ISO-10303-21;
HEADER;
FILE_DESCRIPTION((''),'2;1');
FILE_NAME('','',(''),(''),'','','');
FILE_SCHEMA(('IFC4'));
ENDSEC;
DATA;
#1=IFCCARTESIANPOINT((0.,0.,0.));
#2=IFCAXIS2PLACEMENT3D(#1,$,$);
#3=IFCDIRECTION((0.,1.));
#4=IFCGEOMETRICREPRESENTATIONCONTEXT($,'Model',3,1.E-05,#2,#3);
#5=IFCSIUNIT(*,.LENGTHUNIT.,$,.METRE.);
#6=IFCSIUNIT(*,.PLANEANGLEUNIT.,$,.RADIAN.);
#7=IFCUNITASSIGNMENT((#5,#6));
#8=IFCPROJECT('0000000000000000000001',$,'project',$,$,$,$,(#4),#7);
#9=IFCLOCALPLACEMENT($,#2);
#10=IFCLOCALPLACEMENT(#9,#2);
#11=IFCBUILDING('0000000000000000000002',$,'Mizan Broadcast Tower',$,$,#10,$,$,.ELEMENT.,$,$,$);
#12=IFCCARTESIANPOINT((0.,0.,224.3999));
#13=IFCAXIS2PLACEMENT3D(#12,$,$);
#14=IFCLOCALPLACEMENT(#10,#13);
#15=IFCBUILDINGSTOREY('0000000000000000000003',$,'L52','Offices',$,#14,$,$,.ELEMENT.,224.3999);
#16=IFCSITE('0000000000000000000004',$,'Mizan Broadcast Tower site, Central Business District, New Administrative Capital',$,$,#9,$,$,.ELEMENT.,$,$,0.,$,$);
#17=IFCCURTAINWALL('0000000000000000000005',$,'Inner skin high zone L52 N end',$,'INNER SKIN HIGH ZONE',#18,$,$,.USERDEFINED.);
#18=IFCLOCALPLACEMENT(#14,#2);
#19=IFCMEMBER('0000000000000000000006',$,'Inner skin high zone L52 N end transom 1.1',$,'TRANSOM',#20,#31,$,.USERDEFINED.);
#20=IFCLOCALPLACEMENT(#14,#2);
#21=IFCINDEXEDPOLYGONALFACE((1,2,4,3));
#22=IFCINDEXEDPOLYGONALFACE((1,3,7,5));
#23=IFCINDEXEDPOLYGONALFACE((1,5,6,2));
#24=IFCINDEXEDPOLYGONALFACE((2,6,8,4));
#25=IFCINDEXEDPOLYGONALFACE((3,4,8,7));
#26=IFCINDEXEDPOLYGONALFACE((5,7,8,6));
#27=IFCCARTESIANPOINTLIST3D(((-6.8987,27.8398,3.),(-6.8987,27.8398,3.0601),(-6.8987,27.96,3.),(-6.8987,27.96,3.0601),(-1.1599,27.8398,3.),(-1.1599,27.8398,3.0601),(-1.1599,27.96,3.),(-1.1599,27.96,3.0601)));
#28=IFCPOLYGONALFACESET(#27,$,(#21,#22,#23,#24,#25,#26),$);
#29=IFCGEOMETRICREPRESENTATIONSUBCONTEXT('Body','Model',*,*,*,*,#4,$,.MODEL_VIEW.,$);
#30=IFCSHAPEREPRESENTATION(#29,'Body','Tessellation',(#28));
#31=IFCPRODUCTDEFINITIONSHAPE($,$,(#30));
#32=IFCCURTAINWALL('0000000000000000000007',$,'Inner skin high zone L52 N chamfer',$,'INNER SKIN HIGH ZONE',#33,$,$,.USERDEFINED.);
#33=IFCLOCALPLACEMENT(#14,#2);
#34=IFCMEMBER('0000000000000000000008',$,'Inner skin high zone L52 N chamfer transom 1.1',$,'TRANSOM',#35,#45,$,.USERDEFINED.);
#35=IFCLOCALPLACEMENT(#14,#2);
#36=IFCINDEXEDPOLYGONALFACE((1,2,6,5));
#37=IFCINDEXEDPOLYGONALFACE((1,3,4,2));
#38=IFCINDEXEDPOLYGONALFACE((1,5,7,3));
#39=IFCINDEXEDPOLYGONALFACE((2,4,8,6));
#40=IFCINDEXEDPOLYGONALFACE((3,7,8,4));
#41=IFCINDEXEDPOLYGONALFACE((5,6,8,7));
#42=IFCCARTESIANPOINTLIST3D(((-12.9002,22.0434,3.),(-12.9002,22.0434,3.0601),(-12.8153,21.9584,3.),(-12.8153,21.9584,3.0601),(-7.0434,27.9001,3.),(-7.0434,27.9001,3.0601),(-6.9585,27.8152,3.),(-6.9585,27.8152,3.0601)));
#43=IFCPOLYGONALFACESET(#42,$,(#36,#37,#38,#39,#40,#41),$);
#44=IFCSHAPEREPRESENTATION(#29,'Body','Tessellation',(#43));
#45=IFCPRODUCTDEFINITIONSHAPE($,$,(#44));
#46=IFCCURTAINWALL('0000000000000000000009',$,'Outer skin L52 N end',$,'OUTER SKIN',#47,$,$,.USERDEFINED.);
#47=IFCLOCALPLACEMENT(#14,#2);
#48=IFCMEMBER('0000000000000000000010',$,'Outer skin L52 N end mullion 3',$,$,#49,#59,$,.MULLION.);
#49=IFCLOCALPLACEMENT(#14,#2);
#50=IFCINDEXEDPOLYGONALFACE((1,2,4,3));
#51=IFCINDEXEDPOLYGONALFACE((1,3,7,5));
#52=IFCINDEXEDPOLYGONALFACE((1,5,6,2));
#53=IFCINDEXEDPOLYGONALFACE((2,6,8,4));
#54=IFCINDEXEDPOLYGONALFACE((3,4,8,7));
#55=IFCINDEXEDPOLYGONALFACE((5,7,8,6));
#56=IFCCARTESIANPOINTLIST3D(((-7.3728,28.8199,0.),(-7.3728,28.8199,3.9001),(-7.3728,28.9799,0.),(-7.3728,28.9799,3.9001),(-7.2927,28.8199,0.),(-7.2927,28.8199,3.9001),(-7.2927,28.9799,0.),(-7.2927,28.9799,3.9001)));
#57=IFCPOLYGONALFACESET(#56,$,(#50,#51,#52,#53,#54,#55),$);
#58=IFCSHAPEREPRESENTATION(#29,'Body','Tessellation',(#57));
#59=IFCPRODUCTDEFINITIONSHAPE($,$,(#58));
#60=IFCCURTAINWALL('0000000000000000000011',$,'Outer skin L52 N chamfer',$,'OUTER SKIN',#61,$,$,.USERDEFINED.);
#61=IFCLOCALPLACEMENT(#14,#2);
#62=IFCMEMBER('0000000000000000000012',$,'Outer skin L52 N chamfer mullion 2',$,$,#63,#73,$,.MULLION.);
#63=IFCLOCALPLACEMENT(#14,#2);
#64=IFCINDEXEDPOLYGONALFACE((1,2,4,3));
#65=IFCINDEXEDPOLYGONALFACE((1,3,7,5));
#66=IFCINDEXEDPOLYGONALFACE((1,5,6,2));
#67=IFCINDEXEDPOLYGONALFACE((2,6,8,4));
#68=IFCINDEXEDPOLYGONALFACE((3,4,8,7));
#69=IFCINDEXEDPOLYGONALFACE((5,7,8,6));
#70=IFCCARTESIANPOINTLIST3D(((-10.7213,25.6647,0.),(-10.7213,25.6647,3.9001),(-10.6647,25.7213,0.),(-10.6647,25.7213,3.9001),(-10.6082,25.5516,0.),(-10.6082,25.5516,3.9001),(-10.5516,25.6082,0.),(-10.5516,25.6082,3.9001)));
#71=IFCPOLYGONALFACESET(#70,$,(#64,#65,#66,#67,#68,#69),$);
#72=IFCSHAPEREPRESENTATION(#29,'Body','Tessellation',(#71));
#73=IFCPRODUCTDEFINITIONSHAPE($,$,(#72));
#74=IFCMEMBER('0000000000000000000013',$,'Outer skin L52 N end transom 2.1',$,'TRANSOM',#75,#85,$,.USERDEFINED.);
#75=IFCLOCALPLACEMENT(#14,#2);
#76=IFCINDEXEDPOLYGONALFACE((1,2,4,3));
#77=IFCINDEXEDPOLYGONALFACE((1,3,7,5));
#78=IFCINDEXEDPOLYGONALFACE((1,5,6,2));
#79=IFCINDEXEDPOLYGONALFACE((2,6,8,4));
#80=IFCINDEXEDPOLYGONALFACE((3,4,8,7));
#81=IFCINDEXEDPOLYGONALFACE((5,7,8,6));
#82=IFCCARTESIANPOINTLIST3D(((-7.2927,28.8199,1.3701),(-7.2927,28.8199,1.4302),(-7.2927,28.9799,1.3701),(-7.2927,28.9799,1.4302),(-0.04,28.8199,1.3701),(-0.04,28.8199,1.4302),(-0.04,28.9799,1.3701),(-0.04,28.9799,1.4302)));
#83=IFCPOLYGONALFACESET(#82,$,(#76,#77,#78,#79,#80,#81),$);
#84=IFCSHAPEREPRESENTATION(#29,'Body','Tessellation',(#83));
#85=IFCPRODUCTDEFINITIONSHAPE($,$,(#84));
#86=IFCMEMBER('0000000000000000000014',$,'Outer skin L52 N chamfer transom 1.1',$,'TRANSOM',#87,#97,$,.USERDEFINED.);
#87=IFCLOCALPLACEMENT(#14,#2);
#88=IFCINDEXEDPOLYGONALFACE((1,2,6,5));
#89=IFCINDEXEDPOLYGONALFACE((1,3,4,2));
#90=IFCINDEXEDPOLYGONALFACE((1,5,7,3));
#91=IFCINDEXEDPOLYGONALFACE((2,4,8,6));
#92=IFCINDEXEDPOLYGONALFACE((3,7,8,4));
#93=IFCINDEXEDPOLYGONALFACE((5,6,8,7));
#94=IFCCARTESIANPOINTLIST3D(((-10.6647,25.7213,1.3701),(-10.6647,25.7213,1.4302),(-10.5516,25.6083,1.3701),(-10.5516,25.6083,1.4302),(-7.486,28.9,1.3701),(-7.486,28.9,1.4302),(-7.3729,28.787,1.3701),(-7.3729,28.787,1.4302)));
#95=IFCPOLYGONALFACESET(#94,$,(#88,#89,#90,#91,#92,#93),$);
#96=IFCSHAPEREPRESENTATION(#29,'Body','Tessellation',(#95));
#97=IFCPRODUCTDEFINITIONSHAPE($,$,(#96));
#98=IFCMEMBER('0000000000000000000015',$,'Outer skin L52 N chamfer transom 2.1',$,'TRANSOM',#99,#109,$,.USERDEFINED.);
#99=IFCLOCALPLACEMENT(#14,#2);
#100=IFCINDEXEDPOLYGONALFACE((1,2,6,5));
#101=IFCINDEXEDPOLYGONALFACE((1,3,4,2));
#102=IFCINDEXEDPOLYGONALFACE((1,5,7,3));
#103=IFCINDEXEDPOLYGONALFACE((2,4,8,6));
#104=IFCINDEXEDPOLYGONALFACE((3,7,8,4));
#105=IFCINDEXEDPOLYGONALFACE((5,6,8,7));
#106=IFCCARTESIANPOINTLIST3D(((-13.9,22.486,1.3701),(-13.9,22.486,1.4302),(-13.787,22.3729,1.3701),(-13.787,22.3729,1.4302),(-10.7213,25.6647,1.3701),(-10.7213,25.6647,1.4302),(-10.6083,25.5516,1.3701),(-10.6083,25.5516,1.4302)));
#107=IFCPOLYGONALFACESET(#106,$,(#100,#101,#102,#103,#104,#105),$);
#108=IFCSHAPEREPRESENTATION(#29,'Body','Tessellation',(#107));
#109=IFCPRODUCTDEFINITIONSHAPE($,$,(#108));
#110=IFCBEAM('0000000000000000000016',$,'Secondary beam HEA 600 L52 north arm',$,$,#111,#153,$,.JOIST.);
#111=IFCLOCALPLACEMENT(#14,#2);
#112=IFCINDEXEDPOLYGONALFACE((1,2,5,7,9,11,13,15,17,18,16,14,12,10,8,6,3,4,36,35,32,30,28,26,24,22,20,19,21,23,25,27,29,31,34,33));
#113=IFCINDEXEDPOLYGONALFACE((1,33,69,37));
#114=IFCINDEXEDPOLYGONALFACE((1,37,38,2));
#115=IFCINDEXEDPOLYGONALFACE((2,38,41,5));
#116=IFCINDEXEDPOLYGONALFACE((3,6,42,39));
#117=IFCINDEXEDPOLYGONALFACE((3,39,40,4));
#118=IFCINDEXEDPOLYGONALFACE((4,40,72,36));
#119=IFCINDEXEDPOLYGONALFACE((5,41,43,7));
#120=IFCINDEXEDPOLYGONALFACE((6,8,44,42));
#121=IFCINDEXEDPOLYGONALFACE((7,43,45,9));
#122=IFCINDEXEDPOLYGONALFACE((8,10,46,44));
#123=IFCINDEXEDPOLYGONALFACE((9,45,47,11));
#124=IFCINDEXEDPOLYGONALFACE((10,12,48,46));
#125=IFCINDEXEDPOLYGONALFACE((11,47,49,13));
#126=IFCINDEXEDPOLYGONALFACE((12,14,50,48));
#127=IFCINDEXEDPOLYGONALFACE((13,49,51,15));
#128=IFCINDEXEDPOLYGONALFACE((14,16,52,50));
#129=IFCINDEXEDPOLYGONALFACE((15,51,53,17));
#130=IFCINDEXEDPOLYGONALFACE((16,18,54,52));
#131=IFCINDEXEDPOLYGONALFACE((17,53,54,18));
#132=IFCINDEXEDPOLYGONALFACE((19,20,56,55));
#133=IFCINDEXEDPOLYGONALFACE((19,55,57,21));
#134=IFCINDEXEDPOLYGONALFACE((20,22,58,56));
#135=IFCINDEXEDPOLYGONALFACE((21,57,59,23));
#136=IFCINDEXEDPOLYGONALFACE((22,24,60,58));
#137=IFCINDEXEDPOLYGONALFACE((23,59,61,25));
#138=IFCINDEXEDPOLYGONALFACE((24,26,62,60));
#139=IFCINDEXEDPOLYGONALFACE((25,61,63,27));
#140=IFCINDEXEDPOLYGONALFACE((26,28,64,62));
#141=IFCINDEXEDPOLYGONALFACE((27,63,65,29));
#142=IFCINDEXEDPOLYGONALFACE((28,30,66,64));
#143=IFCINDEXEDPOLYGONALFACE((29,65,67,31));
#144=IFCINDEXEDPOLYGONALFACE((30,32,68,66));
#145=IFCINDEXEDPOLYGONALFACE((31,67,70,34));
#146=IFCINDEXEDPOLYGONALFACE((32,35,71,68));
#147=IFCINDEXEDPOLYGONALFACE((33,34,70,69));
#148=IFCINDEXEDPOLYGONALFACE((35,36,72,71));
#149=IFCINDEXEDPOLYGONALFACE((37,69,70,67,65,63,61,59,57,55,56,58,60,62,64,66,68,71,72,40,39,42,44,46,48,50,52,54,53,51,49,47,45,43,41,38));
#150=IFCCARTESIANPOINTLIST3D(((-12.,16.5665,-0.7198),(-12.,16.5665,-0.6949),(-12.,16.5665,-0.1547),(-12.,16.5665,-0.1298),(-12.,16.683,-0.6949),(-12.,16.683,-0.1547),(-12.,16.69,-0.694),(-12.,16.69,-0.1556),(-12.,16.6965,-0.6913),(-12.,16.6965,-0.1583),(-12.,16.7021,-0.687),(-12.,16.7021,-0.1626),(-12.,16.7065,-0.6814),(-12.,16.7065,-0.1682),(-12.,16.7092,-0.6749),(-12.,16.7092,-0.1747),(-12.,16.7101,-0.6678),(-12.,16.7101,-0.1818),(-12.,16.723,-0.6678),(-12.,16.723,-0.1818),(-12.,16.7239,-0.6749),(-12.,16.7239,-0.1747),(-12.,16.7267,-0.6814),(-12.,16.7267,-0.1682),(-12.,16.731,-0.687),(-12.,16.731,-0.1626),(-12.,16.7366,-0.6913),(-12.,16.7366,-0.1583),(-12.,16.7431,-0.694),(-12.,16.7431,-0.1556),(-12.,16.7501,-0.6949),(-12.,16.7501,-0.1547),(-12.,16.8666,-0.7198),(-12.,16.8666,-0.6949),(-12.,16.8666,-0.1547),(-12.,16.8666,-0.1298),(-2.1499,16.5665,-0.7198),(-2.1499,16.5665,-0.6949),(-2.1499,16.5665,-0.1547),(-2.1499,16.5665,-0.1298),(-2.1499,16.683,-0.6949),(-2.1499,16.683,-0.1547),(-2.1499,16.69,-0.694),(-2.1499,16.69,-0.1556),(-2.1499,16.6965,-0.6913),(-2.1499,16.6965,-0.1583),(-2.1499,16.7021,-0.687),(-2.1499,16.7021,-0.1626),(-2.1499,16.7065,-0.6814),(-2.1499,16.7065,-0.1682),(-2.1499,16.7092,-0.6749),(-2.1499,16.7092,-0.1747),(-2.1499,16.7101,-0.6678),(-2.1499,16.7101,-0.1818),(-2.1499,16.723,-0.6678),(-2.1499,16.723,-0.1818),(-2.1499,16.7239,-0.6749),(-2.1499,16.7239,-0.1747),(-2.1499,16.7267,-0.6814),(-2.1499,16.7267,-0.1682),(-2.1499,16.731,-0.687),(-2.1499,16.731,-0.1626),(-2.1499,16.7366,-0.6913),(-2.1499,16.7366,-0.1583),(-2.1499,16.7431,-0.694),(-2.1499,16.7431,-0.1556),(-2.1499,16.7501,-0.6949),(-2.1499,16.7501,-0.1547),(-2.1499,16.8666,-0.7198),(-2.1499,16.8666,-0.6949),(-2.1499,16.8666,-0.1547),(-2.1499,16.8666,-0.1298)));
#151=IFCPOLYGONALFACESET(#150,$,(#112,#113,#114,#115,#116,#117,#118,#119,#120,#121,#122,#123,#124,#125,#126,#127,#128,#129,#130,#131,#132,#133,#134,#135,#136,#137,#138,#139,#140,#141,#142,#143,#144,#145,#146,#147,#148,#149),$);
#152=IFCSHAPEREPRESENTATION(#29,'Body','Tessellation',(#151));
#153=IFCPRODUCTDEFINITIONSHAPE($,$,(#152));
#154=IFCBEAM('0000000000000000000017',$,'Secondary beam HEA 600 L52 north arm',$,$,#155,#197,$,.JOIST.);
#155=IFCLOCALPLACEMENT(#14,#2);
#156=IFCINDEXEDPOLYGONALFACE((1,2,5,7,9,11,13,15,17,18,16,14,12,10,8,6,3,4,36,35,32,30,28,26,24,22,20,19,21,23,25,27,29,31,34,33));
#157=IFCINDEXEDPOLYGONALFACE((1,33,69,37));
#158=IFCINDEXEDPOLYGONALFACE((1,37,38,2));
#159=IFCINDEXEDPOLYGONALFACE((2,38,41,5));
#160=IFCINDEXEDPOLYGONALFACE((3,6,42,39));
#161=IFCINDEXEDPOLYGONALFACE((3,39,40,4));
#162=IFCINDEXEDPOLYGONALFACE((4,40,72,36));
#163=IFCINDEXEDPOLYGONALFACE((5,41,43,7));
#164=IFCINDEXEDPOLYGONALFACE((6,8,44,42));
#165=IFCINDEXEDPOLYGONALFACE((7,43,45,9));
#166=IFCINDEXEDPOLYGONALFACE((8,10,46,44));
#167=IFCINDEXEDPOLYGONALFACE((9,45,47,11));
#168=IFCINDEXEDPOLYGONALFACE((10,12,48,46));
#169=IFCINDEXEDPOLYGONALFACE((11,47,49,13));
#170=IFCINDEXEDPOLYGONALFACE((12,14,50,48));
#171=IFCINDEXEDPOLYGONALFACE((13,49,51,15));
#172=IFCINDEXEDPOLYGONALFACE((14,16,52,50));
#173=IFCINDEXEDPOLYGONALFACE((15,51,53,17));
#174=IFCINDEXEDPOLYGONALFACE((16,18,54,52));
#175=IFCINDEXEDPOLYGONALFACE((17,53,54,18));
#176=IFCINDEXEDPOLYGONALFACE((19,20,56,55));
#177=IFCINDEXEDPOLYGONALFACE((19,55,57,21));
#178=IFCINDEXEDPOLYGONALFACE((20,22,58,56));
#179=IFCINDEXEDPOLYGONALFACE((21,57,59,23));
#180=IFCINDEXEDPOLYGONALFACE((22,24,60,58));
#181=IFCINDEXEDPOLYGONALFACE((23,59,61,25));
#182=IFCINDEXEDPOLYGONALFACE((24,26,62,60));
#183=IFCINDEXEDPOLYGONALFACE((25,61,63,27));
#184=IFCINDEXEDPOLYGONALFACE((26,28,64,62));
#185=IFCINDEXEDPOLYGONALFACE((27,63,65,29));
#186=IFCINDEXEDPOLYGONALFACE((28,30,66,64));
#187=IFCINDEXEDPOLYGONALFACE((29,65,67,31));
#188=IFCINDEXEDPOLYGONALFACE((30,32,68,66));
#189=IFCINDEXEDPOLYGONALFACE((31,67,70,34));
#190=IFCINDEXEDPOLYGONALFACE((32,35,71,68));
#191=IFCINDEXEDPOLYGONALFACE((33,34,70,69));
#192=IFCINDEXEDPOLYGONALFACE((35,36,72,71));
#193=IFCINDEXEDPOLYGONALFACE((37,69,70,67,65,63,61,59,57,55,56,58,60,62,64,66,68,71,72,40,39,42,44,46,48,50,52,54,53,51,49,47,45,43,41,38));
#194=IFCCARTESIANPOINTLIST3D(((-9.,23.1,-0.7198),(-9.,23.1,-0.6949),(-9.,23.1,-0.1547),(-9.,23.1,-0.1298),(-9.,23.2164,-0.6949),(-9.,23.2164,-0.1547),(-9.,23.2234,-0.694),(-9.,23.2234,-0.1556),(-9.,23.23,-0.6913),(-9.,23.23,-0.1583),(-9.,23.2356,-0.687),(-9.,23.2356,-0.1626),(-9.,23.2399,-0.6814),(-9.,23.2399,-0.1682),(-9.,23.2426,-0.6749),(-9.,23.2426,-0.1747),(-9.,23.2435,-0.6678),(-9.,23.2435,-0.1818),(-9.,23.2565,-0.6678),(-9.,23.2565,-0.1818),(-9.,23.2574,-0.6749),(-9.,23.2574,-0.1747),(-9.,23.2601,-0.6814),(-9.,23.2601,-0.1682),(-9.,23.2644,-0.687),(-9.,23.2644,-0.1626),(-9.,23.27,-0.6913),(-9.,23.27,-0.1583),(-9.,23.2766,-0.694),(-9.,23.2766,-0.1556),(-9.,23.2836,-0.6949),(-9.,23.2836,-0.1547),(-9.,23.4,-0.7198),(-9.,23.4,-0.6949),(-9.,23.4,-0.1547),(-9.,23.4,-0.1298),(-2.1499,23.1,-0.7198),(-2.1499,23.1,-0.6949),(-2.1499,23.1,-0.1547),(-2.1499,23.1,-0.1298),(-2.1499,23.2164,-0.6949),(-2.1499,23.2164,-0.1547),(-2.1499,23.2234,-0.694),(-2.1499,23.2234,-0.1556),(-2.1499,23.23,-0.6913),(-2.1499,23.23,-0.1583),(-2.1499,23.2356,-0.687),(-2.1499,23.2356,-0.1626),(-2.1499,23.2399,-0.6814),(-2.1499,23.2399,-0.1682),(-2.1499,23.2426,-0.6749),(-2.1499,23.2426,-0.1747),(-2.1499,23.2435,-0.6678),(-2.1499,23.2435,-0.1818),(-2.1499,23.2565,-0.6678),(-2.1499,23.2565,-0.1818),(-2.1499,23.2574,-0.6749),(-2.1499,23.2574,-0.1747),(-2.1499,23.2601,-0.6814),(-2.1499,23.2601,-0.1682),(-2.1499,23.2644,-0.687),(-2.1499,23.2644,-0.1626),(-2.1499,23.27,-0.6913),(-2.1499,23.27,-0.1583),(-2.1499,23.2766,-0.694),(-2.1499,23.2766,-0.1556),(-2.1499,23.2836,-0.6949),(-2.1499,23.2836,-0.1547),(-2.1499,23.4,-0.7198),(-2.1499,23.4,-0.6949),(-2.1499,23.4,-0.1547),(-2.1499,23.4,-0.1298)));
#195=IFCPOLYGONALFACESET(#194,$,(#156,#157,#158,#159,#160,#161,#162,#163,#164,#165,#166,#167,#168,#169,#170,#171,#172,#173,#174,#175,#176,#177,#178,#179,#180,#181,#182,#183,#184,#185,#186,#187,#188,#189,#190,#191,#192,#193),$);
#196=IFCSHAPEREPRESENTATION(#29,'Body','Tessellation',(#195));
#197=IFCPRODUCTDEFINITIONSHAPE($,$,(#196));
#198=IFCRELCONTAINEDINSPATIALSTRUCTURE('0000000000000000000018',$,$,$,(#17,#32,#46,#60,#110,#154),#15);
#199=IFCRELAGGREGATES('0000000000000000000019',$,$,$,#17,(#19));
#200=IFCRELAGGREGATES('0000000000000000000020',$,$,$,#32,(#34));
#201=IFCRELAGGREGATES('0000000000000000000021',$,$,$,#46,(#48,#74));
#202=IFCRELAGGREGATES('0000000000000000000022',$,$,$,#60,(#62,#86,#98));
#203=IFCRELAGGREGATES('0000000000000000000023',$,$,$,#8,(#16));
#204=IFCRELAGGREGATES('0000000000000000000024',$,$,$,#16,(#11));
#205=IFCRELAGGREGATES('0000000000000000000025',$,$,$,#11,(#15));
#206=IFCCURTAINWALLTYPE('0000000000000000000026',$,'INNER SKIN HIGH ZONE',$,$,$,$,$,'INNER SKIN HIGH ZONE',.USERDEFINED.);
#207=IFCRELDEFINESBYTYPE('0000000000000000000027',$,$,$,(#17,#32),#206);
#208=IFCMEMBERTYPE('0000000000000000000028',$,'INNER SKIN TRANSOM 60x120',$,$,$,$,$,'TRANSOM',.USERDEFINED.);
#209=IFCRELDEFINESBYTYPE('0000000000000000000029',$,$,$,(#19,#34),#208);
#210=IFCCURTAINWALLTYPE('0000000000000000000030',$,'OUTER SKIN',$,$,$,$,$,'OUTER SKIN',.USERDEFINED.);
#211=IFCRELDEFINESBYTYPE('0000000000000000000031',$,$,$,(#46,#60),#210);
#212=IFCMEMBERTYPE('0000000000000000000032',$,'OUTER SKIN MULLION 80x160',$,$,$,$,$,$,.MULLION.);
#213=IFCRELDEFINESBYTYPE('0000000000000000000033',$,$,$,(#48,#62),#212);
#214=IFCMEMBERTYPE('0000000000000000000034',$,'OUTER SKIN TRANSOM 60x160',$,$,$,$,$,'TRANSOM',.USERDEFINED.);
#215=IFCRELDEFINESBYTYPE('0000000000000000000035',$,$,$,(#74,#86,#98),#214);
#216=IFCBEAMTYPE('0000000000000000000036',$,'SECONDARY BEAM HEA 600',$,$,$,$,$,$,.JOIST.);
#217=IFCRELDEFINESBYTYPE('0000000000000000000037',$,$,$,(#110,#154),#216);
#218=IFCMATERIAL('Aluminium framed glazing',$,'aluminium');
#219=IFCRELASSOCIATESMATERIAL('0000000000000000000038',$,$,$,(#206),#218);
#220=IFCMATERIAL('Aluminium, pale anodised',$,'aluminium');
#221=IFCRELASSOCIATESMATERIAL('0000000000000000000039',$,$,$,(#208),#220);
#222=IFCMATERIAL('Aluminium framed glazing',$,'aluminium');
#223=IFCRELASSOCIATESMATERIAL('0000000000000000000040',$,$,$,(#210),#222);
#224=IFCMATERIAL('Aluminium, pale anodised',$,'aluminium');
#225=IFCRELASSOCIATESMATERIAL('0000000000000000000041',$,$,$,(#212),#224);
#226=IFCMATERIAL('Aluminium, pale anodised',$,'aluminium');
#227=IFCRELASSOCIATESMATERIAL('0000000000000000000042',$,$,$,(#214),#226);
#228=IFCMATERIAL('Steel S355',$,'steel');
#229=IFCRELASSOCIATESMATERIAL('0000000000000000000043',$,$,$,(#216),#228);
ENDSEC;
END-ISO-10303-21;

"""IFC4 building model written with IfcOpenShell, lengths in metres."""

from ifc_helpers import new_model, si_unit, direction, frame, origin, origin_2d, place, context, subcontext, project, spatial, rectangle, i_section, extrude, material, material_profile, profile_set, type_object, element, aggregate, save


model = new_model("IFC4")

# Units and contexts
model_context = context("Model", 3, precision=1e-05, world=origin(), true_north=direction((0.0, 1.0)))
body_context = subcontext(model_context, "Body", "Model", "MODEL_VIEW")
ifc_project = project(units=[si_unit("LENGTHUNIT", "METRE"), si_unit("PLANEANGLEUNIT", "RADIAN")], contexts=[model_context])

# Site, building, storey
site_placement = place(None, origin())
site = spatial("IfcSite", under=ifc_project, at=site_placement, Name="Mizan Broadcast Tower site, Central Business District, New Administrative Capital", CompositionType="ELEMENT", RefElevation=0.0)
building_placement = place(site_placement, origin())
building = spatial("IfcBuilding", under=site, at=building_placement, Name="Mizan Broadcast Tower", CompositionType="ELEMENT")
storey_placement = place(building_placement, frame((0.0, 0.0, 224.3999)))
storey = spatial("IfcBuildingStorey", under=building, at=storey_placement, Name="L52", Description="Offices", CompositionType="ELEMENT", Elevation=224.3999)

# Curtain wall, member
ifc_material_1 = material(Name="Aluminium framed glazing", Category="aluminium")
curtain_wall_type_1 = type_object("IfcCurtainWallType", Name="INNER SKIN HIGH ZONE", ElementType="INNER SKIN HIGH ZONE", PredefinedType="USERDEFINED", material=ifc_material_1)
curtain_wall_1_placement = place(storey_placement, origin())
curtain_wall_1 = element("IfcCurtainWall", 1, at=curtain_wall_1_placement, inside=storey, type_object=curtain_wall_type_1, Name="Inner skin high zone L52 N end", ObjectType="INNER SKIN HIGH ZONE", PredefinedType="USERDEFINED")
ifc_material_2 = material(Name="Aluminium, pale anodised", Category="aluminium")
ifc_material_profile_1 = material_profile(ifc_material_2, rectangle(XDim=0.1201, YDim=0.0601, at=origin_2d()), Name="TRANSOM 120x60")
ifc_profile_set_1 = profile_set([ifc_material_profile_1], Name="Aluminium, pale anodised")
member_type_1 = type_object("IfcMemberType", Name="INNER SKIN TRANSOM 60x120", ElementType="TRANSOM", PredefinedType="USERDEFINED", material=ifc_profile_set_1)
member_1_placement = place(storey_placement, frame((-1.1599, 27.8999, 3.03), z_axis=(-1.0, 0.0, 0.0), x_axis=(0.0, -1.0, 0.0)))
member_1 = element("IfcMember", 2, at=member_1_placement, type_object=member_type_1, Name="Inner skin high zone L52 N end transom 1.1", ObjectType="TRANSOM", PredefinedType="USERDEFINED", context=body_context, shape_type="SweptSolid", body=[
    extrude(rectangle(XDim=0.1201, YDim=0.0601, at=origin_2d()), origin(), (0.0, 0.0, 1.0), 5.7388),
])

# Curtain walls, members
curtain_wall_2_placement = place(storey_placement, origin())
curtain_wall_2 = element("IfcCurtainWall", 3, at=curtain_wall_2_placement, inside=storey, type_object=curtain_wall_type_1, Name="Inner skin high zone L52 N chamfer", ObjectType="INNER SKIN HIGH ZONE", PredefinedType="USERDEFINED")
member_2_placement = place(storey_placement, frame((-7.001, 27.8577, 3.03), z_axis=(-0.707107, -0.707107, 0.0), x_axis=(0.707107, -0.707107, 0.0)))
member_2 = element("IfcMember", 4, at=member_2_placement, type_object=member_type_1, Name="Inner skin high zone L52 N chamfer transom 1.1", ObjectType="TRANSOM", PredefinedType="USERDEFINED", context=body_context, shape_type="SweptSolid", body=[
    extrude(rectangle(XDim=0.1201, YDim=0.0601, at=origin_2d()), origin(), (0.0, 0.0, 1.0), 8.2827),
])
ifc_material_3 = material(Name="Aluminium framed glazing", Category="aluminium")
curtain_wall_type_2 = type_object("IfcCurtainWallType", Name="OUTER SKIN", ElementType="OUTER SKIN", PredefinedType="USERDEFINED", material=ifc_material_3)
curtain_wall_3_placement = place(storey_placement, origin())
curtain_wall_3 = element("IfcCurtainWall", 5, at=curtain_wall_3_placement, inside=storey, type_object=curtain_wall_type_2, Name="Outer skin L52 N end", ObjectType="OUTER SKIN", PredefinedType="USERDEFINED")
ifc_material_4 = material(Name="Aluminium, pale anodised", Category="aluminium")
ifc_material_profile_2 = material_profile(ifc_material_4, rectangle(XDim=0.1599, YDim=0.0801, at=origin_2d()), Name="MULLION 160x80")
ifc_profile_set_2 = profile_set([ifc_material_profile_2], Name="Aluminium, pale anodised")
member_type_2 = type_object("IfcMemberType", Name="OUTER SKIN MULLION 80x160", PredefinedType="MULLION", material=ifc_profile_set_2)
member_3_placement = place(storey_placement, frame((-7.3328, 28.8999, 0.0), z_axis=(0.0, 0.0, 1.0), x_axis=(0.0, -1.0, 0.0)))
member_3 = element("IfcMember", 6, at=member_3_placement, type_object=member_type_2, Name="Outer skin L52 N end mullion 3", PredefinedType="MULLION", context=body_context, shape_type="SweptSolid", body=[
    extrude(rectangle(XDim=0.1599, YDim=0.0801, at=origin_2d()), origin(), (0.0, 0.0, 1.0), 3.9001),
])
curtain_wall_4_placement = place(storey_placement, origin())
curtain_wall_4 = element("IfcCurtainWall", 7, at=curtain_wall_4_placement, inside=storey, type_object=curtain_wall_type_2, Name="Outer skin L52 N chamfer", ObjectType="OUTER SKIN", PredefinedType="USERDEFINED")
member_4_placement = place(storey_placement, frame((-10.6365, 25.6365, 0.0), z_axis=(0.0, 0.0, 1.0), x_axis=(0.707107, -0.707107, 0.0)))
member_4 = element("IfcMember", 8, at=member_4_placement, type_object=member_type_2, Name="Outer skin L52 N chamfer mullion 2", PredefinedType="MULLION", context=body_context, shape_type="SweptSolid", body=[
    extrude(rectangle(XDim=0.1599, YDim=0.0801, at=origin_2d()), origin(), (0.0, 0.0, 1.0), 3.9001),
])

# Members
ifc_material_5 = material(Name="Aluminium, pale anodised", Category="aluminium")
ifc_material_profile_3 = material_profile(ifc_material_5, rectangle(XDim=0.1599, YDim=0.0601, at=origin_2d()), Name="TRANSOM 160x60")
ifc_profile_set_3 = profile_set([ifc_material_profile_3], Name="Aluminium, pale anodised")
member_type_3 = type_object("IfcMemberType", Name="OUTER SKIN TRANSOM 60x160", ElementType="TRANSOM", PredefinedType="USERDEFINED", material=ifc_profile_set_3)
member_5_placement = place(storey_placement, frame((-0.04, 28.8999, 1.4001), z_axis=(-1.0, 0.0, 0.0), x_axis=(0.0, -1.0, 0.0)))
member_5 = element("IfcMember", 9, at=member_5_placement, type_object=member_type_3, Name="Outer skin L52 N end transom 2.1", ObjectType="TRANSOM", PredefinedType="USERDEFINED", context=body_context, shape_type="SweptSolid", body=[
    extrude(rectangle(XDim=0.1599, YDim=0.0601, at=origin_2d()), origin(), (0.0, 0.0, 1.0), 7.2527),
])
member_6_placement = place(storey_placement, frame((-7.4294, 28.8435, 1.4001), z_axis=(-0.707107, -0.707107, 0.0), x_axis=(0.707107, -0.707107, 0.0)))
member_6 = element("IfcMember", 10, at=member_6_placement, type_object=member_type_3, Name="Outer skin L52 N chamfer transom 1.1", ObjectType="TRANSOM", PredefinedType="USERDEFINED", context=body_context, shape_type="SweptSolid", body=[
    extrude(rectangle(XDim=0.1599, YDim=0.0601, at=origin_2d()), origin(), (0.0, 0.0, 1.0), 4.4954),
])
member_7_placement = place(storey_placement, frame((-10.6648, 25.6082, 1.4001), z_axis=(-0.707107, -0.707107, 0.0), x_axis=(0.707107, -0.707107, 0.0)))
member_7 = element("IfcMember", 11, at=member_7_placement, type_object=member_type_3, Name="Outer skin L52 N chamfer transom 2.1", ObjectType="TRANSOM", PredefinedType="USERDEFINED", context=body_context, shape_type="SweptSolid", body=[
    extrude(rectangle(XDim=0.1599, YDim=0.0601, at=origin_2d()), origin(), (0.0, 0.0, 1.0), 4.4954),
])

# Beams
ifc_material_6 = material(Name="Steel S355", Category="steel")
ifc_material_profile_4 = material_profile(ifc_material_6, i_section(OverallWidth=0.3, OverallDepth=0.5901, WebThickness=0.0129, FlangeThickness=0.0249, FilletRadius=0.0271, at=origin_2d()), Name="HEA 600")
ifc_profile_set_4 = profile_set([ifc_material_profile_4], Name="Steel S355")
beam_type_1 = type_object("IfcBeamType", Name="SECONDARY BEAM HEA 600", PredefinedType="JOIST", material=ifc_profile_set_4)
beam_1_placement = place(storey_placement, frame((-12.0, 16.7166, -0.4248), z_axis=(1.0, 0.0, 0.0), x_axis=(0.0, 1.0, 0.0)))
element("IfcBeam", 12, at=beam_1_placement, inside=storey, type_object=beam_type_1, Name="Secondary beam HEA 600 L52 north arm", PredefinedType="JOIST", context=body_context, shape_type="SweptSolid", body=[
    extrude(i_section(OverallWidth=0.3, OverallDepth=0.5901, WebThickness=0.0129, FlangeThickness=0.0249, FilletRadius=0.0271, at=origin_2d()), origin(), (0.0, 0.0, 1.0), 9.8501),
])
beam_2_placement = place(storey_placement, frame((-9.0, 23.25, -0.4248), z_axis=(1.0, 0.0, 0.0), x_axis=(0.0, 1.0, 0.0)))
element("IfcBeam", 13, at=beam_2_placement, inside=storey, type_object=beam_type_1, Name="Secondary beam HEA 600 L52 north arm", PredefinedType="JOIST", context=body_context, shape_type="SweptSolid", body=[
    extrude(i_section(OverallWidth=0.3, OverallDepth=0.5901, WebThickness=0.0129, FlangeThickness=0.0249, FilletRadius=0.0271, at=origin_2d()), origin(), (0.0, 0.0, 1.0), 6.8501),
])

aggregate(curtain_wall_1, [member_1])
aggregate(curtain_wall_2, [member_2])
aggregate(curtain_wall_3, [member_3, member_5])
aggregate(curtain_wall_4, [member_4, member_6, member_7])

save(model, "model.ifc")
